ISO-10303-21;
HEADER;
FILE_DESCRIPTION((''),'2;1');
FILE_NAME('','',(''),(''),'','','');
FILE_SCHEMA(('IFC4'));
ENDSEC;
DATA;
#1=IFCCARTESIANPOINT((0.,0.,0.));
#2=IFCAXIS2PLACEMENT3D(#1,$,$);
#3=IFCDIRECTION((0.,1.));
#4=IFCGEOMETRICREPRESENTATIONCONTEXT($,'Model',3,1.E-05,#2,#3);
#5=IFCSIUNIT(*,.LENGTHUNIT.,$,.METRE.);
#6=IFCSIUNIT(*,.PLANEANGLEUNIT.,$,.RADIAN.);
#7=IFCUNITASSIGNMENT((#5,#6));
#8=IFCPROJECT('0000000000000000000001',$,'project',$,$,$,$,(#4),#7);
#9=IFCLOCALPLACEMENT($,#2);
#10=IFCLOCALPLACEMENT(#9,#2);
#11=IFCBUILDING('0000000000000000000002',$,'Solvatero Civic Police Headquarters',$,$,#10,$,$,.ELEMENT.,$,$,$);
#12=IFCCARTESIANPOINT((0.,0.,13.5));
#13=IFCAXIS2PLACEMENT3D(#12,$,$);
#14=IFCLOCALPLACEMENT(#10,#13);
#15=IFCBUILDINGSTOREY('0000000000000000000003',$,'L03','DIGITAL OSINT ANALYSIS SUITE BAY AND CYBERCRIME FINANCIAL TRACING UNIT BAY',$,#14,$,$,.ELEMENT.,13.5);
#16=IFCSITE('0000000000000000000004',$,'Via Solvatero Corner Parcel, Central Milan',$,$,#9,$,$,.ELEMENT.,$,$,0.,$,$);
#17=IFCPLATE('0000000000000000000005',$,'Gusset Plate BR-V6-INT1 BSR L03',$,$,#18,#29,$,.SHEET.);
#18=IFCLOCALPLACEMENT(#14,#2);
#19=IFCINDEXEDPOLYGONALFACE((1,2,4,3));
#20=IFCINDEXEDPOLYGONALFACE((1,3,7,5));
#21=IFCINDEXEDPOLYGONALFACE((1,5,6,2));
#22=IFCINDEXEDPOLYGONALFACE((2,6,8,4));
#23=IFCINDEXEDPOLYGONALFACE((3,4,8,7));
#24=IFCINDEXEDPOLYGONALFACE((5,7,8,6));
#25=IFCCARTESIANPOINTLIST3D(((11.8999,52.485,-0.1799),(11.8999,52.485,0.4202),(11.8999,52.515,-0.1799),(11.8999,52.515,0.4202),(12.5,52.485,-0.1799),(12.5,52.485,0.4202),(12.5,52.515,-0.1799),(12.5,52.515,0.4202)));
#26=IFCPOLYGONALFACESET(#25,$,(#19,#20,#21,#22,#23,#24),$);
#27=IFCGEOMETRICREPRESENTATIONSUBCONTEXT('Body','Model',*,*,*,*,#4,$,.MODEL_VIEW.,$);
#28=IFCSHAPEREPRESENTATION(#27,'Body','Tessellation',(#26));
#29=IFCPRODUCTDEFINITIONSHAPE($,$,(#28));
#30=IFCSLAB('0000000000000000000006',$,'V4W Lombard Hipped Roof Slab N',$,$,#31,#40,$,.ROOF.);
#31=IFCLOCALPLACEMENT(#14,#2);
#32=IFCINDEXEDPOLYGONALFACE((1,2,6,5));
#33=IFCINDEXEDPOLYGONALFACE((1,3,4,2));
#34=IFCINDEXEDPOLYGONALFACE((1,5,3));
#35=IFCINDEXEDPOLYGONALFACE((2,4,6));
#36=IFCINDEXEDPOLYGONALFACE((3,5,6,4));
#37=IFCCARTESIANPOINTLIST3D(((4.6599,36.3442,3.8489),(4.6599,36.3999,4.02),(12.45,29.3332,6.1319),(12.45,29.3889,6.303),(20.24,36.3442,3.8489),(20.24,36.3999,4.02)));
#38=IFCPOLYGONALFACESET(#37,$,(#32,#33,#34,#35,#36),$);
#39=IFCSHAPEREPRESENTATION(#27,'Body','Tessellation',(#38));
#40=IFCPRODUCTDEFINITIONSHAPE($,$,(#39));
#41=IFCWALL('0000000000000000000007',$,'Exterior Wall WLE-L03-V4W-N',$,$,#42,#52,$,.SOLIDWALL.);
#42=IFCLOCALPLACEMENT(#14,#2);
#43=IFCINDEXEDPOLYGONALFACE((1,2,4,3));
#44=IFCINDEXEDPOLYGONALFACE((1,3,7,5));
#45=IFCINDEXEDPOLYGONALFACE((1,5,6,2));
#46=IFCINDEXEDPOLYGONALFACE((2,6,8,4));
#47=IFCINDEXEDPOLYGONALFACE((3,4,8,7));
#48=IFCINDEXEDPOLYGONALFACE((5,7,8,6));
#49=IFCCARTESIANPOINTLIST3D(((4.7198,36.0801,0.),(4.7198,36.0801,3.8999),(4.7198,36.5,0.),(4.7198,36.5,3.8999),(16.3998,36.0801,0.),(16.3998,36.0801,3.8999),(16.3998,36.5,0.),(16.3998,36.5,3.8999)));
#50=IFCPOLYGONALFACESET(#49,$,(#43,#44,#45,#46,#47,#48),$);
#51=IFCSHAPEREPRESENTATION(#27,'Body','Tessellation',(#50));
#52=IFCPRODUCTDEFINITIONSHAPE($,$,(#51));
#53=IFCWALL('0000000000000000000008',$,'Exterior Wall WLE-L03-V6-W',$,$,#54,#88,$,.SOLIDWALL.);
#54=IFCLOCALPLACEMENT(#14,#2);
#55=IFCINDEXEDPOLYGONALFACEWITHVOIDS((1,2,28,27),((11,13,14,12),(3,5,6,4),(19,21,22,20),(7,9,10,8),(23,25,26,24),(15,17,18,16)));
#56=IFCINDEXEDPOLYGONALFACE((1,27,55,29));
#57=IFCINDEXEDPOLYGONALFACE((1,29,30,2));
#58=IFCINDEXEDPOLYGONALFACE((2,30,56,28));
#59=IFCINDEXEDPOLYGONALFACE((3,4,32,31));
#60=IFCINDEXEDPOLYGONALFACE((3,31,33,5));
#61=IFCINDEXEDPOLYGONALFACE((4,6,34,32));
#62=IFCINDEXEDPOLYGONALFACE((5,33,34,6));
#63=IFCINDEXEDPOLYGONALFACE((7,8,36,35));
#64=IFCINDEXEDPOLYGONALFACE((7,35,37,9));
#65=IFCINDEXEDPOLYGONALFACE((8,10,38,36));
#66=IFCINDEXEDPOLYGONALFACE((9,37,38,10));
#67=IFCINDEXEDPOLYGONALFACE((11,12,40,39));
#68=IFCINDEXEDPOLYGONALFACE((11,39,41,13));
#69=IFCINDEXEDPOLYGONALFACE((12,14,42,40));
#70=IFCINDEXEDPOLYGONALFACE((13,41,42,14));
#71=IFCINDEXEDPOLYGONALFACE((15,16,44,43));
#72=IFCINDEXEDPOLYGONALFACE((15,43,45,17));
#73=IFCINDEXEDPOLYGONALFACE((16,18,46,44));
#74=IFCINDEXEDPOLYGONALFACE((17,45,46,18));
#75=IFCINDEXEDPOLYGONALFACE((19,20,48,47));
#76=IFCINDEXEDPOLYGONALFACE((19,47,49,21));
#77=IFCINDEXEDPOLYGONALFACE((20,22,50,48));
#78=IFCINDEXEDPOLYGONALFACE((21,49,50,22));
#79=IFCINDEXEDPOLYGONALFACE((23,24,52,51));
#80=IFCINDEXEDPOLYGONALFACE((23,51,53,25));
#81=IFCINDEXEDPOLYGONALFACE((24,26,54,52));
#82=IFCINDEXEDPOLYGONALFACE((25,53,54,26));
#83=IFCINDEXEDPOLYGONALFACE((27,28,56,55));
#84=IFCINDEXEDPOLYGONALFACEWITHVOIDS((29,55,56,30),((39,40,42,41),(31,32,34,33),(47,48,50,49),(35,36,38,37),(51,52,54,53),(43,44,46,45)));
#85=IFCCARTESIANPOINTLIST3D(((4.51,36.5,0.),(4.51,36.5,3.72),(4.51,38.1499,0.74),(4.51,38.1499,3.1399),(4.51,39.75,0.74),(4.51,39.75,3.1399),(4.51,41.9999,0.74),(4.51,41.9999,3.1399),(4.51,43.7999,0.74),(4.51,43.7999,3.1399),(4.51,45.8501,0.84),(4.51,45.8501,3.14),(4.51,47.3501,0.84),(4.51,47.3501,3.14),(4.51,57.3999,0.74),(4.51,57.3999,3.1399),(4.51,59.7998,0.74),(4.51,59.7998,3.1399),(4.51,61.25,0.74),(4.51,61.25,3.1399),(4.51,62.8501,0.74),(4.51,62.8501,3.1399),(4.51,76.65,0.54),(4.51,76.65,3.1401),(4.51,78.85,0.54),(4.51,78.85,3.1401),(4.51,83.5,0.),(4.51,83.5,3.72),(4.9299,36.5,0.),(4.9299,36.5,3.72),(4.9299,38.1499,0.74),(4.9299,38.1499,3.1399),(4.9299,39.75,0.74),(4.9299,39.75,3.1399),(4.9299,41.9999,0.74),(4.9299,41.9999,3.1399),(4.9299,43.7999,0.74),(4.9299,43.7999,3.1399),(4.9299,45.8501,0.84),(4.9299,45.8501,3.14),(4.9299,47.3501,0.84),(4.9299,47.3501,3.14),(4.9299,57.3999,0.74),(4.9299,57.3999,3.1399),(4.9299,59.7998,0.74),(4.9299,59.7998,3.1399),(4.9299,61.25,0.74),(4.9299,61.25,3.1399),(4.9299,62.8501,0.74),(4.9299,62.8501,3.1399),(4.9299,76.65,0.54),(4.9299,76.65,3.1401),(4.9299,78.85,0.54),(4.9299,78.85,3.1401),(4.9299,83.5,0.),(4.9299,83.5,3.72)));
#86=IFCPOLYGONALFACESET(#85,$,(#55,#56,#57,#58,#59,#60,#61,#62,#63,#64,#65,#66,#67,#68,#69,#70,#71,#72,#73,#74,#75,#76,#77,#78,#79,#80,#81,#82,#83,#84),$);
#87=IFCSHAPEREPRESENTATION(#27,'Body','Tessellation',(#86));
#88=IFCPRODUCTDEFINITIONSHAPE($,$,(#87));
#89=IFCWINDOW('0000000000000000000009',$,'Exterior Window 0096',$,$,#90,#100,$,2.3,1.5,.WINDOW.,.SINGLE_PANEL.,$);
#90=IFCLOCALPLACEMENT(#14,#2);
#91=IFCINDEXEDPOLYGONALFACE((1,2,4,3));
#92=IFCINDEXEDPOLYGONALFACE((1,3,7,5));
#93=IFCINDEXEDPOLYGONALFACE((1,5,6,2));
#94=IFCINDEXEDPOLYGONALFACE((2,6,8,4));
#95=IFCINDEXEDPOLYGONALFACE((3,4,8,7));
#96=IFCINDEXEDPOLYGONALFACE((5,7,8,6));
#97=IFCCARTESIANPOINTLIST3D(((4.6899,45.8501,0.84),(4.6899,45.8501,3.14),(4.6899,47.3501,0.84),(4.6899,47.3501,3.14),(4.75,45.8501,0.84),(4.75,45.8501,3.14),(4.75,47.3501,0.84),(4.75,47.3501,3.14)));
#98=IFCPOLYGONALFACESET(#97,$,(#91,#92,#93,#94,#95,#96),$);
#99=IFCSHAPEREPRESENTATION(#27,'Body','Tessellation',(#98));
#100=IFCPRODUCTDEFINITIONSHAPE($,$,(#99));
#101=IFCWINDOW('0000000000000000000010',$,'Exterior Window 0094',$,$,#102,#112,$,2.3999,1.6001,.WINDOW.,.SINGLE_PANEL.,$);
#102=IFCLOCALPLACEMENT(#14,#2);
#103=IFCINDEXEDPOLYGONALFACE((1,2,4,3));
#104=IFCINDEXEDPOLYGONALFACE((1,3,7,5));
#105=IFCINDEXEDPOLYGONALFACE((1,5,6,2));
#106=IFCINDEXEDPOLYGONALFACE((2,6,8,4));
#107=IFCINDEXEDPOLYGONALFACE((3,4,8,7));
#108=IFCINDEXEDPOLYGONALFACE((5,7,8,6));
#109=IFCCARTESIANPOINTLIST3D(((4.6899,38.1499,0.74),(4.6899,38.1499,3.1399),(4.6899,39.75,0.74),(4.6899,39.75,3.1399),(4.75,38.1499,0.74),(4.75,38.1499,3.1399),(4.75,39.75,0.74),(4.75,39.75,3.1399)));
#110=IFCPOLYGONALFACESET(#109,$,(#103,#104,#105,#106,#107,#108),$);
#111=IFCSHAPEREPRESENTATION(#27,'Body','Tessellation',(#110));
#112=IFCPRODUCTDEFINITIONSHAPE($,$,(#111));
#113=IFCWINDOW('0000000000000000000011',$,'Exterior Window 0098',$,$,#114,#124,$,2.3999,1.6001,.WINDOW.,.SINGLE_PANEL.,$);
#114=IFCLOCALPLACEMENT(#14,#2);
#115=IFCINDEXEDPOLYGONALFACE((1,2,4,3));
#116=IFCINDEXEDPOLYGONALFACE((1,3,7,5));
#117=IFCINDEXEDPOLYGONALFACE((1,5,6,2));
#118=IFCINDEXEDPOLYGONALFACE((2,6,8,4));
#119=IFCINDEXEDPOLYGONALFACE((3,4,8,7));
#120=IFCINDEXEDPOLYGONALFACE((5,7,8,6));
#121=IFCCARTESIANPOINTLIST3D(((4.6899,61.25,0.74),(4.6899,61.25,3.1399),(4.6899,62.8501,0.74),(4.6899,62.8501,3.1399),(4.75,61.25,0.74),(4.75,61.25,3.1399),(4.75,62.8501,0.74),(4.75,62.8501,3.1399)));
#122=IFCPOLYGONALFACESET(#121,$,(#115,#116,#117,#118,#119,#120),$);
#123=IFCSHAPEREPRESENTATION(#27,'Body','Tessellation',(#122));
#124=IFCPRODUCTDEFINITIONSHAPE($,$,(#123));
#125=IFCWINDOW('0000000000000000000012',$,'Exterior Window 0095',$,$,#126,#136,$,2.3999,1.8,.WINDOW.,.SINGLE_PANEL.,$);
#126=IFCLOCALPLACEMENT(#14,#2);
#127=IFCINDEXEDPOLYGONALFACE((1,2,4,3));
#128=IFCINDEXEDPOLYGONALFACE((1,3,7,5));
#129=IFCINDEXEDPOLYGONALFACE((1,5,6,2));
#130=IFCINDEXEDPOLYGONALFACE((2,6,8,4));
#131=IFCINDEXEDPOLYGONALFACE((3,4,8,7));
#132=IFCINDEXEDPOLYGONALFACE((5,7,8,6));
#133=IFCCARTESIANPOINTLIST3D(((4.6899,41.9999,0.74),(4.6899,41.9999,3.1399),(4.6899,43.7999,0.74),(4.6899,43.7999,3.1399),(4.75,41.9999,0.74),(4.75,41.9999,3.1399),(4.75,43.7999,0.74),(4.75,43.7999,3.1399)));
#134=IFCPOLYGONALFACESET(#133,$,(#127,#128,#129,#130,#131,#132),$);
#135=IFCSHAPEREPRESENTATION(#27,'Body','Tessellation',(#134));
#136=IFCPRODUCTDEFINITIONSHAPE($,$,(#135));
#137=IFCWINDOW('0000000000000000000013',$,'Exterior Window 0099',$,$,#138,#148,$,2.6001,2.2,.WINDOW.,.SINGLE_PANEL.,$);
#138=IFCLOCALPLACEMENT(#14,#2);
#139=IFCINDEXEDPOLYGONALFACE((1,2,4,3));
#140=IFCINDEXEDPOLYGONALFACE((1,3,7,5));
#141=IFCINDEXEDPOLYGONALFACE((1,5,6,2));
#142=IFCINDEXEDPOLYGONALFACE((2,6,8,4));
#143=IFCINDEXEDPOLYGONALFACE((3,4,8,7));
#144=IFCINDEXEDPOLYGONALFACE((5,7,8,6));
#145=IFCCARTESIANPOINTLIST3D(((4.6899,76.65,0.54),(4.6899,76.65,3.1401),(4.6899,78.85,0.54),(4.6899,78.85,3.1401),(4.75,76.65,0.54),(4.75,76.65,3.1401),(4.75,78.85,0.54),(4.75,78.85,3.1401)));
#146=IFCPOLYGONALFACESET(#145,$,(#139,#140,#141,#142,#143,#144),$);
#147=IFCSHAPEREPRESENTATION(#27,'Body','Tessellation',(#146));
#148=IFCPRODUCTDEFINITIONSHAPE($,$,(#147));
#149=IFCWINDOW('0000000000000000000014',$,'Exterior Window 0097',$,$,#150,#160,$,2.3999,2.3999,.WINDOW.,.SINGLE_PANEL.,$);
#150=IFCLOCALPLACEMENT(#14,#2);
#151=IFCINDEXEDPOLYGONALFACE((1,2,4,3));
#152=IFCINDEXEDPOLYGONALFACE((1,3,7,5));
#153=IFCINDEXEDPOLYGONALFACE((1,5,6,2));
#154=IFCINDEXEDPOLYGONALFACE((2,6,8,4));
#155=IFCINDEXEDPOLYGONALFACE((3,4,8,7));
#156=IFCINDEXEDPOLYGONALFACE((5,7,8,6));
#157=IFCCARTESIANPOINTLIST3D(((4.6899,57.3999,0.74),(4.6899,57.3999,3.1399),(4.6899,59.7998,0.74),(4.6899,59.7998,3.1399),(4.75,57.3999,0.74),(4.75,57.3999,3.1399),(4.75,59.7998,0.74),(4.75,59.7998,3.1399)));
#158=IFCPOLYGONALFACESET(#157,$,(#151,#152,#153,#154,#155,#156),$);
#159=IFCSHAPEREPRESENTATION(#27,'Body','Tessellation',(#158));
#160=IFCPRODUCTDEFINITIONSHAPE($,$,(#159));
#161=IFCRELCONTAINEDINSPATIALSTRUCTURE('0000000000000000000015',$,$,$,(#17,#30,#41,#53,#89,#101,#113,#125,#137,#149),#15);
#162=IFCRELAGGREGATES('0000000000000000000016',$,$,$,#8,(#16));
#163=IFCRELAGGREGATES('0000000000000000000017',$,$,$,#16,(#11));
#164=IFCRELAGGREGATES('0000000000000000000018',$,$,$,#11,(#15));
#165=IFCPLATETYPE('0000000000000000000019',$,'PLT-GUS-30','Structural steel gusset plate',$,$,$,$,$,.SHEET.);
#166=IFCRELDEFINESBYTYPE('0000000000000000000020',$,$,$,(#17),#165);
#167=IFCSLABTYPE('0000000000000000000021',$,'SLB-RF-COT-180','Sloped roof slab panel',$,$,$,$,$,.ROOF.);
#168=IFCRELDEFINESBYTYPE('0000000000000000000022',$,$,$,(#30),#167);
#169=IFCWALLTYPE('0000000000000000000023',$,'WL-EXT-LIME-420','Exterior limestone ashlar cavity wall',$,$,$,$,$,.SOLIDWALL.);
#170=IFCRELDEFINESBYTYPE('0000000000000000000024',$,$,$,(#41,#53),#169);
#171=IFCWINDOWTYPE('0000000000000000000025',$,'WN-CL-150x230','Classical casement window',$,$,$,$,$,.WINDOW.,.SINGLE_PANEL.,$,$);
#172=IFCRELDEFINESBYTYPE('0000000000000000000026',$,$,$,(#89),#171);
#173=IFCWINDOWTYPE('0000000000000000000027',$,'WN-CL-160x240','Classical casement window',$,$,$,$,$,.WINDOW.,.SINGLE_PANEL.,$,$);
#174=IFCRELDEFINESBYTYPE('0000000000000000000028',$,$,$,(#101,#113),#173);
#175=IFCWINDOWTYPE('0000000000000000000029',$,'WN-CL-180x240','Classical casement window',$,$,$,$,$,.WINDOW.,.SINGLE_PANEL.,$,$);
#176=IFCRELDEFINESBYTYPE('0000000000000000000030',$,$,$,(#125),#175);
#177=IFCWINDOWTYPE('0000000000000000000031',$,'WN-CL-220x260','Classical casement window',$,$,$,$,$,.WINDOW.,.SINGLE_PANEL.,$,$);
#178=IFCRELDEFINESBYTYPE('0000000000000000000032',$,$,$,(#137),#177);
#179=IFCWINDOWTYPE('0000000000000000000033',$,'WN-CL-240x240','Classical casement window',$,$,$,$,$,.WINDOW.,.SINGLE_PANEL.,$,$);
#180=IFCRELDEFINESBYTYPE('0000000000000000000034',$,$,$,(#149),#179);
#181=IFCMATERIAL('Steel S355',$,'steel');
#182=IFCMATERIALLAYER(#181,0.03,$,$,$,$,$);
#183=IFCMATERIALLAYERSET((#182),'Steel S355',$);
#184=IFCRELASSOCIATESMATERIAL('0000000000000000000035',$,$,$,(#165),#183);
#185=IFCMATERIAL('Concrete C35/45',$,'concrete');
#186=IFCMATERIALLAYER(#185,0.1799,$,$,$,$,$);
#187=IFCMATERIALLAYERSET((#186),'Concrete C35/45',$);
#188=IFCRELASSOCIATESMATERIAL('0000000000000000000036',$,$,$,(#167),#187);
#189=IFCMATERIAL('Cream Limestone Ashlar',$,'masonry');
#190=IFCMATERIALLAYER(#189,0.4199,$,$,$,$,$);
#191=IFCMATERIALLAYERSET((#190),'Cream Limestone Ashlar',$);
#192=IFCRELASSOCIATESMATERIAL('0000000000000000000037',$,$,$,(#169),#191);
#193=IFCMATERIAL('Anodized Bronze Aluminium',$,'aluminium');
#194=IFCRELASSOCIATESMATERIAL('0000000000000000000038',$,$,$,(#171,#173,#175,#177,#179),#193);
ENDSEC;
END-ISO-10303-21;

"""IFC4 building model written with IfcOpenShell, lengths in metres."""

from ifc_helpers import new_model, si_unit, direction, frame, frame_2d, origin, origin_2d, place, context, subcontext, project, spatial, polyline, rectangle, outline, extrude, material, layer, layer_set, type_object, element, fill, save


model = new_model("IFC4")

# Units and contexts
model_context = context("Model", 3, precision=1e-05, world=origin(), true_north=direction((0.0, 1.0)))
body_context = subcontext(model_context, "Body", "Model", "MODEL_VIEW")
ifc_project = project(units=[si_unit("LENGTHUNIT", "METRE"), si_unit("PLANEANGLEUNIT", "RADIAN")], contexts=[model_context])

# Site, building, storey
site_placement = place(None, origin())
site = spatial("IfcSite", under=ifc_project, at=site_placement, Name="Via Solvatero Corner Parcel, Central Milan", CompositionType="ELEMENT", RefElevation=0.0)
building_placement = place(site_placement, origin())
building = spatial("IfcBuilding", under=site, at=building_placement, Name="Solvatero Civic Police Headquarters", CompositionType="ELEMENT")
storey_placement = place(building_placement, frame((0.0, 0.0, 13.5)))
storey = spatial("IfcBuildingStorey", under=building, at=storey_placement, Name="L03", Description="DIGITAL OSINT ANALYSIS SUITE BAY AND CYBERCRIME FINANCIAL TRACING UNIT BAY", CompositionType="ELEMENT", Elevation=13.5)

# Shared definitions
ifc_material_1 = material(Name="Steel S355", Category="steel")

# Plate
ifc_layer_1 = layer(ifc_material_1, 0.03)
ifc_layer_set_1 = layer_set([ifc_layer_1], Name="Steel S355")
plate_type_1 = type_object("IfcPlateType", Name="PLT-GUS-30", Description="Structural steel gusset plate", PredefinedType="SHEET", material=ifc_layer_set_1)
for number, where, z_axis, x_axis, name in (
    (1, (12.2, 52.5, -0.1799), (0.0, 0.0, 1.0), (1.0, 0.0, 0.0), "Gusset Plate BR-V6-INT1 BSR L03"),
):
    element("IfcPlate", number, at=place(storey_placement, frame(where, z_axis=z_axis, x_axis=x_axis)), inside=storey, type_object=plate_type_1, Name=name, PredefinedType="SHEET", context=body_context, shape_type="SweptSolid", body=[
        extrude(rectangle(XDim=0.6001, YDim=0.03, at=origin_2d()), origin(), (0.0, 0.0, 1.0), 0.6001),
    ])

# Slab
ifc_material_2 = material(Name="Concrete C35/45", Category="concrete")
ifc_layer_2 = layer(ifc_material_2, 0.1799)
ifc_layer_set_2 = layer_set([ifc_layer_2], Name="Concrete C35/45")
slab_type = type_object("IfcSlabType", Name="SLB-RF-COT-180", Description="Sloped roof slab panel", PredefinedType="ROOF", material=ifc_layer_set_2)
slab_placement = place(storey_placement, frame((4.6599, 36.3999, 4.02), z_axis=(0.0, 0.309624, 0.950859), x_axis=(1.0, 0.0, 0.0)))
element("IfcSlab", 2, at=slab_placement, inside=storey, type_object=slab_type, Name="V4W Lombard Hipped Roof Slab N", PredefinedType="ROOF", context=body_context, shape_type="SweptSolid", body=[
    extrude(outline(polyline([(0.0, 0.0), (15.5801, 0.0), (7.79, -7.3733), (0.0, 0.0)])), origin(), (0.0, 0.0, -1.0), 0.1799),
])

# Wall
ifc_material_3 = material(Name="Cream Limestone Ashlar", Category="masonry")
ifc_layer_3 = layer(ifc_material_3, 0.4199)
ifc_layer_set_3 = layer_set([ifc_layer_3], Name="Cream Limestone Ashlar")
wall_type_1 = type_object("IfcWallType", Name="WL-EXT-LIME-420", Description="Exterior limestone ashlar cavity wall", PredefinedType="SOLIDWALL", material=ifc_layer_set_3)
wall_1_placement = place(storey_placement, frame((4.72, 36.29, 0.0), z_axis=(0.0, 0.0, 1.0), x_axis=(1.0, 0.0, 0.0)))
element("IfcWall", 3, at=wall_1_placement, inside=storey, type_object=wall_type_1, Name="Exterior Wall WLE-L03-V4W-N", PredefinedType="SOLIDWALL", context=body_context, shape_type="SweptSolid", body=[
    extrude(rectangle(XDim=11.6799, YDim=0.4199, at=frame_2d((5.8398, 0.0))), origin(), (0.0, 0.0, 1.0), 3.8999),
])

# Wall, openings, windows
wall_2_placement = place(storey_placement, frame((4.72, 36.5, 0.0), z_axis=(0.0, 0.0, 1.0), x_axis=(0.0, 1.0, 0.0)))
wall_2 = element("IfcWall", 4, at=wall_2_placement, inside=storey, type_object=wall_type_1, Name="Exterior Wall WLE-L03-V6-W", PredefinedType="SOLIDWALL", context=body_context, shape_type="SweptSolid", body=[
    extrude(rectangle(XDim=47.0, YDim=0.4199, at=frame_2d((23.5, 0.0))), origin(), (0.0, 0.0, 1.0), 3.72),
])
opening_1_placement = place(wall_2_placement, frame((1.6499, 0.0, 0.74)))
opening_1 = element("IfcOpeningElement", 5, at=opening_1_placement, cuts=wall_2, PredefinedType="OPENING", context=body_context, shape_type="SweptSolid", body=[
    extrude(rectangle(XDim=1.6001, YDim=2.3999, at=frame_2d((0.8, 1.2))), frame((0.0, 0.22, 0.0), z_axis=(0.0, -1.0, 0.0), x_axis=(1.0, 0.0, 0.0)), (0.0, 0.0, 1.0), 0.4399),
])
opening_2_placement = place(wall_2_placement, frame((5.5, 0.0, 0.74)))
opening_2 = element("IfcOpeningElement", 6, at=opening_2_placement, cuts=wall_2, PredefinedType="OPENING", context=body_context, shape_type="SweptSolid", body=[
    extrude(rectangle(XDim=1.8, YDim=2.3999, at=frame_2d((0.8999, 1.2))), frame((0.0, 0.22, 0.0), z_axis=(0.0, -1.0, 0.0), x_axis=(1.0, 0.0, 0.0)), (0.0, 0.0, 1.0), 0.4399),
])
opening_3_placement = place(wall_2_placement, frame((9.3501, 0.0, 0.8401)))
opening_3 = element("IfcOpeningElement", 7, at=opening_3_placement, cuts=wall_2, PredefinedType="OPENING", context=body_context, shape_type="SweptSolid", body=[
    extrude(rectangle(XDim=1.5, YDim=2.3, at=frame_2d((0.75, 1.1499))), frame((0.0, 0.22, 0.0), z_axis=(0.0, -1.0, 0.0), x_axis=(1.0, 0.0, 0.0)), (0.0, 0.0, 1.0), 0.4399),
])
opening_4_placement = place(wall_2_placement, frame((20.8999, 0.0, 0.74)))
opening_4 = element("IfcOpeningElement", 8, at=opening_4_placement, cuts=wall_2, PredefinedType="OPENING", context=body_context, shape_type="SweptSolid", body=[
    extrude(rectangle(XDim=2.3999, YDim=2.3999, at=frame_2d((1.2, 1.2))), frame((0.0, 0.22, 0.0), z_axis=(0.0, -1.0, 0.0), x_axis=(1.0, 0.0, 0.0)), (0.0, 0.0, 1.0), 0.4399),
])
opening_5_placement = place(wall_2_placement, frame((24.75, 0.0, 0.74)))
opening_5 = element("IfcOpeningElement", 9, at=opening_5_placement, cuts=wall_2, PredefinedType="OPENING", context=body_context, shape_type="SweptSolid", body=[
    extrude(rectangle(XDim=1.6001, YDim=2.3999, at=frame_2d((0.8, 1.2))), frame((0.0, 0.22, 0.0), z_axis=(0.0, -1.0, 0.0), x_axis=(1.0, 0.0, 0.0)), (0.0, 0.0, 1.0), 0.4399),
])
opening_6_placement = place(wall_2_placement, frame((40.1499, 0.0, 0.54)))
opening_6 = element("IfcOpeningElement", 10, at=opening_6_placement, cuts=wall_2, PredefinedType="OPENING", context=body_context, shape_type="SweptSolid", body=[
    extrude(rectangle(XDim=2.2, YDim=2.6001, at=frame_2d((1.1001, 1.3))), frame((0.0, 0.22, 0.0), z_axis=(0.0, -1.0, 0.0), x_axis=(1.0, 0.0, 0.0)), (0.0, 0.0, 1.0), 0.4399),
])
ifc_material_4 = material(Name="Anodized Bronze Aluminium", Category="aluminium")
window_type_1 = type_object("IfcWindowType", Name="WN-CL-150x230", Description="Classical casement window", PartitioningType="SINGLE_PANEL", PredefinedType="WINDOW", material=ifc_material_4)
window_1_placement = place(opening_3_placement, origin())
window_1 = element("IfcWindow", 11, at=window_1_placement, inside=storey, type_object=window_type_1, Name="Exterior Window 0096", OverallHeight=2.3, OverallWidth=1.5, PartitioningType="SINGLE_PANEL", PredefinedType="WINDOW", context=body_context, shape_type="SweptSolid", body=[
    extrude(rectangle(XDim=1.5, YDim=2.3, at=frame_2d((0.75, 1.1499))), frame((0.0, 0.03, 0.0), z_axis=(0.0, -1.0, 0.0), x_axis=(1.0, 0.0, 0.0)), (0.0, 0.0, 1.0), 0.0601),
])
fill(opening_3, window_1)
window_type_2 = type_object("IfcWindowType", Name="WN-CL-160x240", Description="Classical casement window", PartitioningType="SINGLE_PANEL", PredefinedType="WINDOW", material=ifc_material_4)
window_2_placement = place(opening_1_placement, origin())
window_2 = element("IfcWindow", 12, at=window_2_placement, inside=storey, type_object=window_type_2, Name="Exterior Window 0094", OverallHeight=2.3999, OverallWidth=1.6001, PartitioningType="SINGLE_PANEL", PredefinedType="WINDOW", context=body_context, shape_type="SweptSolid", body=[
    extrude(rectangle(XDim=1.6001, YDim=2.3999, at=frame_2d((0.8, 1.2))), frame((0.0, 0.03, 0.0), z_axis=(0.0, -1.0, 0.0), x_axis=(1.0, 0.0, 0.0)), (0.0, 0.0, 1.0), 0.0601),
])
fill(opening_1, window_2)
window_3_placement = place(opening_5_placement, origin())
window_3 = element("IfcWindow", 13, at=window_3_placement, inside=storey, type_object=window_type_2, Name="Exterior Window 0098", OverallHeight=2.3999, OverallWidth=1.6001, PartitioningType="SINGLE_PANEL", PredefinedType="WINDOW", context=body_context, shape_type="SweptSolid", body=[
    extrude(rectangle(XDim=1.6001, YDim=2.3999, at=frame_2d((0.8, 1.2))), frame((0.0, 0.03, 0.0), z_axis=(0.0, -1.0, 0.0), x_axis=(1.0, 0.0, 0.0)), (0.0, 0.0, 1.0), 0.0601),
])
fill(opening_5, window_3)
window_type_3 = type_object("IfcWindowType", Name="WN-CL-180x240", Description="Classical casement window", PartitioningType="SINGLE_PANEL", PredefinedType="WINDOW", material=ifc_material_4)
window_4_placement = place(opening_2_placement, origin())
window_4 = element("IfcWindow", 14, at=window_4_placement, inside=storey, type_object=window_type_3, Name="Exterior Window 0095", OverallHeight=2.3999, OverallWidth=1.8, PartitioningType="SINGLE_PANEL", PredefinedType="WINDOW", context=body_context, shape_type="SweptSolid", body=[
    extrude(rectangle(XDim=1.8, YDim=2.3999, at=frame_2d((0.8999, 1.2))), frame((0.0, 0.03, 0.0), z_axis=(0.0, -1.0, 0.0), x_axis=(1.0, 0.0, 0.0)), (0.0, 0.0, 1.0), 0.0601),
])
fill(opening_2, window_4)
window_type_4 = type_object("IfcWindowType", Name="WN-CL-220x260", Description="Classical casement window", PartitioningType="SINGLE_PANEL", PredefinedType="WINDOW", material=ifc_material_4)
window_5_placement = place(opening_6_placement, origin())
window_5 = element("IfcWindow", 15, at=window_5_placement, inside=storey, type_object=window_type_4, Name="Exterior Window 0099", OverallHeight=2.6001, OverallWidth=2.2, PartitioningType="SINGLE_PANEL", PredefinedType="WINDOW", context=body_context, shape_type="SweptSolid", body=[
    extrude(rectangle(XDim=2.2, YDim=2.6001, at=frame_2d((1.1001, 1.3))), frame((0.0, 0.03, 0.0), z_axis=(0.0, -1.0, 0.0), x_axis=(1.0, 0.0, 0.0)), (0.0, 0.0, 1.0), 0.0601),
])
fill(opening_6, window_5)
window_type_5 = type_object("IfcWindowType", Name="WN-CL-240x240", Description="Classical casement window", PartitioningType="SINGLE_PANEL", PredefinedType="WINDOW", material=ifc_material_4)
window_6_placement = place(opening_4_placement, origin())
window_6 = element("IfcWindow", 16, at=window_6_placement, inside=storey, type_object=window_type_5, Name="Exterior Window 0097", OverallHeight=2.3999, OverallWidth=2.3999, PartitioningType="SINGLE_PANEL", PredefinedType="WINDOW", context=body_context, shape_type="SweptSolid", body=[
    extrude(rectangle(XDim=2.3999, YDim=2.3999, at=frame_2d((1.2, 1.2))), frame((0.0, 0.03, 0.0), z_axis=(0.0, -1.0, 0.0), x_axis=(1.0, 0.0, 0.0)), (0.0, 0.0, 1.0), 0.0601),
])
fill(opening_4, window_6)

save(model, "model.ifc")
